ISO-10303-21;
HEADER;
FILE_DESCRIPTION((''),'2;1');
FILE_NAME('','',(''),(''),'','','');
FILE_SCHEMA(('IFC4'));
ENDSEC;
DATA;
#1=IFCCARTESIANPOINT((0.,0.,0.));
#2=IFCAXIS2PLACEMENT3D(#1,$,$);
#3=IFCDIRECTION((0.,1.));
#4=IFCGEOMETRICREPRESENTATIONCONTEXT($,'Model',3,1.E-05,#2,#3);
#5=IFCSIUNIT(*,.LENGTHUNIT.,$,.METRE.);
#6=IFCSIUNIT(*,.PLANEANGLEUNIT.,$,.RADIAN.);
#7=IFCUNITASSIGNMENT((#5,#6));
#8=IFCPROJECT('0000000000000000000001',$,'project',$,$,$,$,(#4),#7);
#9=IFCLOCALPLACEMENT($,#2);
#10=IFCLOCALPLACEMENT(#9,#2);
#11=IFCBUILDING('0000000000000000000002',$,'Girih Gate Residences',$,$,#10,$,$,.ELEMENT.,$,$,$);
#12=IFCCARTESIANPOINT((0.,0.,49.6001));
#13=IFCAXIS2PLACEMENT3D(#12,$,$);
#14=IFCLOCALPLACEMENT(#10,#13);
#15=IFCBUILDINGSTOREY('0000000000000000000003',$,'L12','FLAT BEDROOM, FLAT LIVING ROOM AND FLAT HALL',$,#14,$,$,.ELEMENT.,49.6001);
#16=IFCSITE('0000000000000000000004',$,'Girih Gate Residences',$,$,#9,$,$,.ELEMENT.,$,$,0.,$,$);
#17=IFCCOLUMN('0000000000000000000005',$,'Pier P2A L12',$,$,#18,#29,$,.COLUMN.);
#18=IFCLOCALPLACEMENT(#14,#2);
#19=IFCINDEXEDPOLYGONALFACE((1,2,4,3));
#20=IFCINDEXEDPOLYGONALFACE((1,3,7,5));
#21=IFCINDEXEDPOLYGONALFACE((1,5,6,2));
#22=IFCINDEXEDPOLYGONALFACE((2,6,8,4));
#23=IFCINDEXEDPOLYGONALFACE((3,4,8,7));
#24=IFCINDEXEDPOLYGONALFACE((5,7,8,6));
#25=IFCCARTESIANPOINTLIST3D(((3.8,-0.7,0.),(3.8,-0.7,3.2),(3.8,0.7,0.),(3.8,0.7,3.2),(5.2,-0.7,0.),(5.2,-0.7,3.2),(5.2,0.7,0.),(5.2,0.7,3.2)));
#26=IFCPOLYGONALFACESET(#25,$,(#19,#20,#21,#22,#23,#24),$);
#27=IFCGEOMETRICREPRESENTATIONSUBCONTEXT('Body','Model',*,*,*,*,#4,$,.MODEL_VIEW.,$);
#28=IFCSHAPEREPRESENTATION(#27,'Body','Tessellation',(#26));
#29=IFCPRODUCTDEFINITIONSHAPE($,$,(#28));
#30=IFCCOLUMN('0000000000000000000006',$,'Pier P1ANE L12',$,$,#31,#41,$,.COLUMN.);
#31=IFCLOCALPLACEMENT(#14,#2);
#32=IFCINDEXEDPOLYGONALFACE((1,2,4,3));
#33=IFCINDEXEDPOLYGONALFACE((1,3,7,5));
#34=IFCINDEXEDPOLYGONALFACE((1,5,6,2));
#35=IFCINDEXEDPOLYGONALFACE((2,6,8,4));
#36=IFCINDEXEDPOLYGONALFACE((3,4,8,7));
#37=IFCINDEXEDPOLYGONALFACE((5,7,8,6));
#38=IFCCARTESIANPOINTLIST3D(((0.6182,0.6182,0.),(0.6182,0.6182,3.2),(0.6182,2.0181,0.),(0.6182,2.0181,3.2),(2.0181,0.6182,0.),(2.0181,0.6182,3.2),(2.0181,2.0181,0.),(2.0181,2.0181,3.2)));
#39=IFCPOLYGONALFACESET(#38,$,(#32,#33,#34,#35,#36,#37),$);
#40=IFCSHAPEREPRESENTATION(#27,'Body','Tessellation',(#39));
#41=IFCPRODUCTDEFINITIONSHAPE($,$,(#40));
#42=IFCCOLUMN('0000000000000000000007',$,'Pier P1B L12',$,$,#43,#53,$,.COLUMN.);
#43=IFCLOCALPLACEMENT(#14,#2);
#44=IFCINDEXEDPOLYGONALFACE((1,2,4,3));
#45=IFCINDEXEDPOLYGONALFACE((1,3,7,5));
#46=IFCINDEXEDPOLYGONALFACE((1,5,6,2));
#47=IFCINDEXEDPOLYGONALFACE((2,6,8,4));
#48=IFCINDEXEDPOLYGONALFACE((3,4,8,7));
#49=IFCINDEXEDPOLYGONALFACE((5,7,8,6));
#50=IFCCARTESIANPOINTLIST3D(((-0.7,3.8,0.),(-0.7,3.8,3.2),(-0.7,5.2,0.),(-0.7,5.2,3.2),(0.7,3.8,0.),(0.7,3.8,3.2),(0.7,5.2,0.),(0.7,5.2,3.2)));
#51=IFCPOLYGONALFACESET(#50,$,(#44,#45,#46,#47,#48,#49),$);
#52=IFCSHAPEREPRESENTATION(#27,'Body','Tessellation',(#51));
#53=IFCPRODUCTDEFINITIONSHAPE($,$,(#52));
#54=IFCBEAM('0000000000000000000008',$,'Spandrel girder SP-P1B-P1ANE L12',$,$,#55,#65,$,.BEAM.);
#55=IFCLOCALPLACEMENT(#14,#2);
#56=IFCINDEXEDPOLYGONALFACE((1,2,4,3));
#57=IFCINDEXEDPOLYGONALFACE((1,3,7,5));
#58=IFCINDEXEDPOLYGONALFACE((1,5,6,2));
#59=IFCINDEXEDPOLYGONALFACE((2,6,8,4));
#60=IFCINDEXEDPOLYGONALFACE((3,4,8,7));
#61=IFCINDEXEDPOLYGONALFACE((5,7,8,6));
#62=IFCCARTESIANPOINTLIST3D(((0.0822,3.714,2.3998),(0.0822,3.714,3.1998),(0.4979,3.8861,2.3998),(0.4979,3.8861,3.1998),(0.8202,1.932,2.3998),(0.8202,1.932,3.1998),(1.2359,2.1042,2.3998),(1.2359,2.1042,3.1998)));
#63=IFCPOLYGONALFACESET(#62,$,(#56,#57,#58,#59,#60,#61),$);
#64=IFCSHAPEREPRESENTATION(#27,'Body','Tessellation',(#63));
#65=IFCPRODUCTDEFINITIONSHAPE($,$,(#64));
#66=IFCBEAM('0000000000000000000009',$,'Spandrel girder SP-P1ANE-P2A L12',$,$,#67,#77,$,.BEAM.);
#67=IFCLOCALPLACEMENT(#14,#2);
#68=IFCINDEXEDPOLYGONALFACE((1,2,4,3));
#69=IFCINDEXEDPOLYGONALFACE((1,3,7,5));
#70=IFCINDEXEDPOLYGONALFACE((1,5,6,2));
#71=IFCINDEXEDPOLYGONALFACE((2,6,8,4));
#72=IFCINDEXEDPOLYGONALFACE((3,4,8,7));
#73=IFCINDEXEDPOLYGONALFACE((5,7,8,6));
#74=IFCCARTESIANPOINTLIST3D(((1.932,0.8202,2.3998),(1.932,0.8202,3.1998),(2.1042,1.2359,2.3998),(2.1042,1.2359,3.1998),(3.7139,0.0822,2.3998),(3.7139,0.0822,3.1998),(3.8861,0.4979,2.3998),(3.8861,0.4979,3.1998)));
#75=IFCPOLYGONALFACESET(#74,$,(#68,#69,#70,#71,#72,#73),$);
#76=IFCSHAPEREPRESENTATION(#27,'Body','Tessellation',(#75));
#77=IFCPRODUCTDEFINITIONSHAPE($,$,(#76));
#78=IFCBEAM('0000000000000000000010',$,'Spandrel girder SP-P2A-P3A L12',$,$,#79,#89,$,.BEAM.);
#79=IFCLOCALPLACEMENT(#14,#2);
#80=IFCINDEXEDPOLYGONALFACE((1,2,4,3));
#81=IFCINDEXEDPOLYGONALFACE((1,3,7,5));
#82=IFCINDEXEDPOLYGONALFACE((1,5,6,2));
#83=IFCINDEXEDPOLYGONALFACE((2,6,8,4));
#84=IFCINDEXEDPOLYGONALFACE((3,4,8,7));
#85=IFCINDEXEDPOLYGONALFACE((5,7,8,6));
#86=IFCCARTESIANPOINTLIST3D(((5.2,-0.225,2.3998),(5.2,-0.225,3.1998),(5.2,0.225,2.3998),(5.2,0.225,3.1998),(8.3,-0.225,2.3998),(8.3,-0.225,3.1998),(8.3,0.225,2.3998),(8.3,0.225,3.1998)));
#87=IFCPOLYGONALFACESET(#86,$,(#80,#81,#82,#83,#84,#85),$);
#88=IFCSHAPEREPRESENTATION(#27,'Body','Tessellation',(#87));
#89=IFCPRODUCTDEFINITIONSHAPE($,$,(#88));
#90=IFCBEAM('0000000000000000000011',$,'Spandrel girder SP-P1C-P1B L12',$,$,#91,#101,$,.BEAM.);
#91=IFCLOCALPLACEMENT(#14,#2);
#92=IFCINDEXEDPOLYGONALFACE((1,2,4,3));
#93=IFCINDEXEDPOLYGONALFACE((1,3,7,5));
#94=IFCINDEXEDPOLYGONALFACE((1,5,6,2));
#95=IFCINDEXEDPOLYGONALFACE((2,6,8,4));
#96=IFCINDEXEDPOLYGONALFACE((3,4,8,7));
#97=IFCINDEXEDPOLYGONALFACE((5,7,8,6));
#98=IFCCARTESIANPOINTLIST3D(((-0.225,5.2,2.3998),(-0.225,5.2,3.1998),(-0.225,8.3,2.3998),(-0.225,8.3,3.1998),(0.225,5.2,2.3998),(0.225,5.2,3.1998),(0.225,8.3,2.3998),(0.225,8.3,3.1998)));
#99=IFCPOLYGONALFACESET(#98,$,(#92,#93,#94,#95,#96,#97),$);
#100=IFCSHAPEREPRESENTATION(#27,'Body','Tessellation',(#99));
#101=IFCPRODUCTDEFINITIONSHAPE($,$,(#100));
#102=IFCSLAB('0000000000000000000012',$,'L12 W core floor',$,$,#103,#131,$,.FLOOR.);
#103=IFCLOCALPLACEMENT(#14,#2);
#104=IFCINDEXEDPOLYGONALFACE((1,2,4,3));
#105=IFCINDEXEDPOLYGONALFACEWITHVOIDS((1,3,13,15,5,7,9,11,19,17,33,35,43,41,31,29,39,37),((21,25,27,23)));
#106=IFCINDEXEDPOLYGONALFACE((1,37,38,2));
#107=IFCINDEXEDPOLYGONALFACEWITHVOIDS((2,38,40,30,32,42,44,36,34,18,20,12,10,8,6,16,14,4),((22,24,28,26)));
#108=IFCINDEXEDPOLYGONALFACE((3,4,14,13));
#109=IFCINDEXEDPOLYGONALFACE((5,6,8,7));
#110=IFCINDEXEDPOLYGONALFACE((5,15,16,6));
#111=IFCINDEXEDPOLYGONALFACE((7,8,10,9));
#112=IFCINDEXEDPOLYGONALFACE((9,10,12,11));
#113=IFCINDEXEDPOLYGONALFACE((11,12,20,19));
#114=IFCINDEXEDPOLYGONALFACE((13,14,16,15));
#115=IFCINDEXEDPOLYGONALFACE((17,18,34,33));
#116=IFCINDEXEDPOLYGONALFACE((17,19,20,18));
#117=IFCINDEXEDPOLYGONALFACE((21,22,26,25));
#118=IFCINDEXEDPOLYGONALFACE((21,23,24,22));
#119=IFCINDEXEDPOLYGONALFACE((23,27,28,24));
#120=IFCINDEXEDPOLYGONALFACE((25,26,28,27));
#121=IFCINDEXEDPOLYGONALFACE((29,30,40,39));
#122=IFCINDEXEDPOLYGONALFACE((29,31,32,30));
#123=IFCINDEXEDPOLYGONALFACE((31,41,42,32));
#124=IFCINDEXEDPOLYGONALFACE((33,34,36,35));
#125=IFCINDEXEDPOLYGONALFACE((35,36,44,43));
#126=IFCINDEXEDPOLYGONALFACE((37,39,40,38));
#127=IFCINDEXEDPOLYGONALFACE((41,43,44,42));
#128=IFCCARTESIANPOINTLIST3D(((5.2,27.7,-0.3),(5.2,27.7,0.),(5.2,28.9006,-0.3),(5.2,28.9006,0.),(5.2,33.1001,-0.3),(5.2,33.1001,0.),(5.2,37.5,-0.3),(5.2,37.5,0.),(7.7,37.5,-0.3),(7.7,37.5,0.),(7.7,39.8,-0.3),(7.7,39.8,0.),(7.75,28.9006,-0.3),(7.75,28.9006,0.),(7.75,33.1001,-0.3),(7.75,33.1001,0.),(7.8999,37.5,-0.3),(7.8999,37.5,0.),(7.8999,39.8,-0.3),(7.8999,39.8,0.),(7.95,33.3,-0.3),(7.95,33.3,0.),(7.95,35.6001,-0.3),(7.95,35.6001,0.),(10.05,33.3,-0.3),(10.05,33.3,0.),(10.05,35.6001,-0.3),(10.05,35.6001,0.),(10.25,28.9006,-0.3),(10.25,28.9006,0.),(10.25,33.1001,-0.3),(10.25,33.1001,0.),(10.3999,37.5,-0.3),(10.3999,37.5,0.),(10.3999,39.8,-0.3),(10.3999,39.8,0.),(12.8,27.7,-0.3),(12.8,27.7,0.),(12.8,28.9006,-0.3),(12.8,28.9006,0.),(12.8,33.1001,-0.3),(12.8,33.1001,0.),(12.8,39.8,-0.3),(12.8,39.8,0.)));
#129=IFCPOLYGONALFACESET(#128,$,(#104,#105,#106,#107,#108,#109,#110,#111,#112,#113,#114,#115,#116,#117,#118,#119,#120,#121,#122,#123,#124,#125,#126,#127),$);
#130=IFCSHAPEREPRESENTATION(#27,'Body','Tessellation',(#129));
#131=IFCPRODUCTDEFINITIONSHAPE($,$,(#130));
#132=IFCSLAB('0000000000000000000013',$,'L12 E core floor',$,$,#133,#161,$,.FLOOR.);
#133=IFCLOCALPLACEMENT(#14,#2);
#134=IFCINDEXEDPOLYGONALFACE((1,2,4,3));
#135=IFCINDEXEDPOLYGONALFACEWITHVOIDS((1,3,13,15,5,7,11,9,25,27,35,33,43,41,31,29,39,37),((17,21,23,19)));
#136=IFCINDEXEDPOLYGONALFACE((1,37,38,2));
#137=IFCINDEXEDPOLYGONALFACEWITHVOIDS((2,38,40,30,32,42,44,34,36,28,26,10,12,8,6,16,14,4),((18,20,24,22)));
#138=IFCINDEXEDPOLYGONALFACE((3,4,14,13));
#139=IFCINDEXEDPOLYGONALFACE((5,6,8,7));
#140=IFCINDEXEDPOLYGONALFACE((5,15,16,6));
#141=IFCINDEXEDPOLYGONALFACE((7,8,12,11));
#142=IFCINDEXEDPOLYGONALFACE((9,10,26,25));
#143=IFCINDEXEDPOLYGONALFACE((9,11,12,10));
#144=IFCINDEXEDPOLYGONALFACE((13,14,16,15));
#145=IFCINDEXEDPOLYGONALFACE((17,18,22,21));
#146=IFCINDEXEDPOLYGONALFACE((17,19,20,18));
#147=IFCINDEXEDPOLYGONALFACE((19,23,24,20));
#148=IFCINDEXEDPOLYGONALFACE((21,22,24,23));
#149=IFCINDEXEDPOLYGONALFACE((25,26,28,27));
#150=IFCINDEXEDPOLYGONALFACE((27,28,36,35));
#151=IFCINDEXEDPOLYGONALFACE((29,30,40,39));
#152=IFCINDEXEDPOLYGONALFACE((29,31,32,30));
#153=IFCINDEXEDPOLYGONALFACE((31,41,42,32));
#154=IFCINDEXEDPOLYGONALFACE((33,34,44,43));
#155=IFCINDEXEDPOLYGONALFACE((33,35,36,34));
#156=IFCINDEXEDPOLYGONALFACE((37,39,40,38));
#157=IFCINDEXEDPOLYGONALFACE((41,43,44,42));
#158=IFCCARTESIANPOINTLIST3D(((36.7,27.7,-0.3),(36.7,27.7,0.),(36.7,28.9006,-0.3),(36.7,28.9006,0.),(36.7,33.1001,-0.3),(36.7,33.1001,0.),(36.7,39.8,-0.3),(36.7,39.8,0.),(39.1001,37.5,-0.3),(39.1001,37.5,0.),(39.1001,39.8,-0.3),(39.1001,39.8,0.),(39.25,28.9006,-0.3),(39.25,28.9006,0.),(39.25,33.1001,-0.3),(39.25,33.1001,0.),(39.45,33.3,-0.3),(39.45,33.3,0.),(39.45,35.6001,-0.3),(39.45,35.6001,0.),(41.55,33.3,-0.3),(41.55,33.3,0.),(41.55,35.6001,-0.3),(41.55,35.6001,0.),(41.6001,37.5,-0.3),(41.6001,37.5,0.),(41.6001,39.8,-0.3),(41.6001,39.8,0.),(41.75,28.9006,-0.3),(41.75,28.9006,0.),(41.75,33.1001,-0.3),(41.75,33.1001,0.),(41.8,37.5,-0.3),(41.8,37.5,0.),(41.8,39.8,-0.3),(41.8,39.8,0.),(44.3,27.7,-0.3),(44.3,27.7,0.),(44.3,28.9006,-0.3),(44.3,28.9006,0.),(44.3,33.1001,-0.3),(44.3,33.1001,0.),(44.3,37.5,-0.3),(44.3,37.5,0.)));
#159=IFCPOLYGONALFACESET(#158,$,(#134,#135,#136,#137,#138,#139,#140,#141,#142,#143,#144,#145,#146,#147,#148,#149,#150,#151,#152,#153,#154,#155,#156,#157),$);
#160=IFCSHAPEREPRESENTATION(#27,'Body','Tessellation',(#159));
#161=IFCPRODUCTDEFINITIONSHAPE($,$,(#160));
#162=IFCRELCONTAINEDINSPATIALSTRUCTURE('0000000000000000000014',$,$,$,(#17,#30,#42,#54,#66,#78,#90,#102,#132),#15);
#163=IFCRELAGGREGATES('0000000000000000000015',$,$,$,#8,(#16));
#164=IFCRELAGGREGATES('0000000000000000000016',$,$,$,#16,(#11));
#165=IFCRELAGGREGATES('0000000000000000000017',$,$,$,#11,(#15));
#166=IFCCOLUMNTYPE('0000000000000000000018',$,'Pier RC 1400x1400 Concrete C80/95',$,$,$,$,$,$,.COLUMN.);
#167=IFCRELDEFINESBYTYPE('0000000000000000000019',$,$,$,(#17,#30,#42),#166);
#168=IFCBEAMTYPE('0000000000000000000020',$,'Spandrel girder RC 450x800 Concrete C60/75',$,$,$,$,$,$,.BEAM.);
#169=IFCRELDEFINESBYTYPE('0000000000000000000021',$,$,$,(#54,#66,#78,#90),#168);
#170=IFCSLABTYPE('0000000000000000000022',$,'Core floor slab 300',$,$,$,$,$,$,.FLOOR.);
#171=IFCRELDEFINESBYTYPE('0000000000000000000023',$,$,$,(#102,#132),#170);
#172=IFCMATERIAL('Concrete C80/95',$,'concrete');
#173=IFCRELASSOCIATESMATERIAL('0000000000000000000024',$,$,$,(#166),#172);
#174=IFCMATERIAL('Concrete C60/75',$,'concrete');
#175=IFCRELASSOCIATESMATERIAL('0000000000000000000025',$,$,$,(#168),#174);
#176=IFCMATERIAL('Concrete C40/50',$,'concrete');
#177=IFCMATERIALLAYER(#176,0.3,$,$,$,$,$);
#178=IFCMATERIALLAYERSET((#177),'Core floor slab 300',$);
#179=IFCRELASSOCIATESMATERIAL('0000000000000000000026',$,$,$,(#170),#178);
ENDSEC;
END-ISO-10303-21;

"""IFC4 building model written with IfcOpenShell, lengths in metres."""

from ifc_helpers import new_model, si_unit, direction, frame, origin, origin_2d, place, context, subcontext, project, spatial, polyline, rectangle, outline, extrude, material, layer, layer_set, material_profile, profile_set, type_object, element, save


model = new_model("IFC4")

# Units and contexts
model_context = context("Model", 3, precision=1e-05, world=origin(), true_north=direction((0.0, 1.0)))
body_context = subcontext(model_context, "Body", "Model", "MODEL_VIEW")
ifc_project = project(units=[si_unit("LENGTHUNIT", "METRE"), si_unit("PLANEANGLEUNIT", "RADIAN")], contexts=[model_context])

# Site, building, storey
site_placement = place(None, origin())
site = spatial("IfcSite", under=ifc_project, at=site_placement, Name="Girih Gate Residences", CompositionType="ELEMENT", RefElevation=0.0)
building_placement = place(site_placement, origin())
building = spatial("IfcBuilding", under=site, at=building_placement, Name="Girih Gate Residences", CompositionType="ELEMENT")
storey_placement = place(building_placement, frame((0.0, 0.0, 49.6001)))
storey = spatial("IfcBuildingStorey", under=building, at=storey_placement, Name="L12", Description="FLAT BEDROOM, FLAT LIVING ROOM AND FLAT HALL", CompositionType="ELEMENT", Elevation=49.6001)

# Columns
ifc_material_1 = material(Name="Concrete C80/95", Category="concrete")
ifc_material_profile_1 = material_profile(ifc_material_1, rectangle(XDim=1.3999, YDim=1.3999, at=origin_2d()))
ifc_profile_set_1 = profile_set([ifc_material_profile_1], Name="Concrete C80/95")
column_type = type_object("IfcColumnType", Name="Pier RC 1400x1400 Concrete C80/95", PredefinedType="COLUMN", material=ifc_profile_set_1)
for number, where, z_axis, x_axis, name in (
    (1, (4.5, 0.0, 0.0), (0.0, 0.0, 1.0), (1.0, 0.0, 0.0), "Pier P2A L12"),
    (2, (1.3181, 1.3181, 0.0), (0.0, 0.0, 1.0), (1.0, 0.0, 0.0), "Pier P1ANE L12"),
    (3, (0.0, 4.5, 0.0), (0.0, 0.0, 1.0), (1.0, 0.0, 0.0), "Pier P1B L12"),
):
    element("IfcColumn", number, at=place(storey_placement, frame(where, z_axis=z_axis, x_axis=x_axis)), inside=storey, type_object=column_type, Name=name, PredefinedType="COLUMN", context=body_context, shape_type="SweptSolid", body=[
        extrude(rectangle(XDim=1.3999, YDim=1.3999, at=origin_2d()), origin(), (0.0, 0.0, 1.0), 3.2),
    ])

# Beams
ifc_material_2 = material(Name="Concrete C60/75", Category="concrete")
ifc_material_profile_2 = material_profile(ifc_material_2, rectangle(XDim=0.45, YDim=0.8, at=origin_2d()))
ifc_profile_set_2 = profile_set([ifc_material_profile_2], Name="Concrete C60/75")
beam_type = type_object("IfcBeamType", Name="Spandrel girder RC 450x800 Concrete C60/75", PredefinedType="BEAM", material=ifc_profile_set_2)
for number, where, z_axis, x_axis, name in (
    (4, (0.29, 3.8, 2.7998), (0.382646, -0.923895, 0.0), (0.923895, 0.382646, 0.0), "Spandrel girder SP-P1B-P1ANE L12"),
    (5, (2.0181, 1.0281, 2.7998), (0.923895, -0.382646, 0.0), (0.382646, 0.923895, 0.0), "Spandrel girder SP-P1ANE-P2A L12"),
):
    element("IfcBeam", number, at=place(storey_placement, frame(where, z_axis=z_axis, x_axis=x_axis)), inside=storey, type_object=beam_type, Name=name, PredefinedType="BEAM", context=body_context, shape_type="SweptSolid", body=[
        extrude(rectangle(XDim=0.45, YDim=0.8, at=origin_2d()), origin(), (0.0, 0.0, 1.0), 1.9287),
    ])
for number, where, z_axis, x_axis, name in (
    (6, (5.2, 0.0, 2.7998), (1.0, 0.0, 0.0), (0.0, 1.0, 0.0), "Spandrel girder SP-P2A-P3A L12"),
    (7, (0.0, 8.3, 2.7998), (0.0, -1.0, 0.0), (1.0, 0.0, 0.0), "Spandrel girder SP-P1C-P1B L12"),
):
    element("IfcBeam", number, at=place(storey_placement, frame(where, z_axis=z_axis, x_axis=x_axis)), inside=storey, type_object=beam_type, Name=name, PredefinedType="BEAM", context=body_context, shape_type="SweptSolid", body=[
        extrude(rectangle(XDim=0.45, YDim=0.8, at=origin_2d()), origin(), (0.0, 0.0, 1.0), 3.1001),
    ])

# Slabs
ifc_material_3 = material(Name="Concrete C40/50", Category="concrete")
ifc_layer_1 = layer(ifc_material_3, 0.3)
ifc_layer_set_1 = layer_set([ifc_layer_1], Name="Core floor slab 300")
slab_type_1 = type_object("IfcSlabType", Name="Core floor slab 300", PredefinedType="FLOOR", material=ifc_layer_set_1)
slab_1_placement = place(storey_placement, frame((0.0, 0.0, -0.3)))
element("IfcSlab", 8, at=slab_1_placement, inside=storey, type_object=slab_type_1, Name="L12 W core floor", PredefinedType="FLOOR", context=body_context, shape_type="SweptSolid", body=[
    extrude(outline(polyline([(12.8, 27.7), (5.2, 27.7), (5.2, 28.9006), (7.75, 28.9006), (7.75, 33.1001), (5.2, 33.1001), (5.2, 37.5), (7.7, 37.5), (7.7, 39.8), (7.8999, 39.8), (7.8999, 37.5), (10.3999, 37.5), (10.3999, 39.8), (12.8, 39.8), (12.8, 33.1001), (10.25, 33.1001), (10.25, 28.9006), (12.8, 28.9006), (12.8, 27.7)]), holes=[polyline([(7.95, 33.3), (10.05, 33.3), (10.05, 35.6001), (7.95, 35.6001), (7.95, 33.3)])]), origin(), (0.0, 0.0, 1.0), 0.3),
])
slab_2_placement = place(storey_placement, frame((0.0, 0.0, -0.3)))
element("IfcSlab", 9, at=slab_2_placement, inside=storey, type_object=slab_type_1, Name="L12 E core floor", PredefinedType="FLOOR", context=body_context, shape_type="SweptSolid", body=[
    extrude(outline(polyline([(44.3, 27.7), (36.7, 27.7), (36.7, 28.9006), (39.25, 28.9006), (39.25, 33.1001), (36.7, 33.1001), (36.7, 39.8), (39.1001, 39.8), (39.1001, 37.5), (41.6001, 37.5), (41.6001, 39.8), (41.8, 39.8), (41.8, 37.5), (44.3, 37.5), (44.3, 33.1001), (41.75, 33.1001), (41.75, 28.9006), (44.3, 28.9006), (44.3, 27.7)]), holes=[polyline([(39.45, 33.3), (41.55, 33.3), (41.55, 35.6001), (39.45, 35.6001), (39.45, 33.3)])]), origin(), (0.0, 0.0, 1.0), 0.3),
])

save(model, "model.ifc")
